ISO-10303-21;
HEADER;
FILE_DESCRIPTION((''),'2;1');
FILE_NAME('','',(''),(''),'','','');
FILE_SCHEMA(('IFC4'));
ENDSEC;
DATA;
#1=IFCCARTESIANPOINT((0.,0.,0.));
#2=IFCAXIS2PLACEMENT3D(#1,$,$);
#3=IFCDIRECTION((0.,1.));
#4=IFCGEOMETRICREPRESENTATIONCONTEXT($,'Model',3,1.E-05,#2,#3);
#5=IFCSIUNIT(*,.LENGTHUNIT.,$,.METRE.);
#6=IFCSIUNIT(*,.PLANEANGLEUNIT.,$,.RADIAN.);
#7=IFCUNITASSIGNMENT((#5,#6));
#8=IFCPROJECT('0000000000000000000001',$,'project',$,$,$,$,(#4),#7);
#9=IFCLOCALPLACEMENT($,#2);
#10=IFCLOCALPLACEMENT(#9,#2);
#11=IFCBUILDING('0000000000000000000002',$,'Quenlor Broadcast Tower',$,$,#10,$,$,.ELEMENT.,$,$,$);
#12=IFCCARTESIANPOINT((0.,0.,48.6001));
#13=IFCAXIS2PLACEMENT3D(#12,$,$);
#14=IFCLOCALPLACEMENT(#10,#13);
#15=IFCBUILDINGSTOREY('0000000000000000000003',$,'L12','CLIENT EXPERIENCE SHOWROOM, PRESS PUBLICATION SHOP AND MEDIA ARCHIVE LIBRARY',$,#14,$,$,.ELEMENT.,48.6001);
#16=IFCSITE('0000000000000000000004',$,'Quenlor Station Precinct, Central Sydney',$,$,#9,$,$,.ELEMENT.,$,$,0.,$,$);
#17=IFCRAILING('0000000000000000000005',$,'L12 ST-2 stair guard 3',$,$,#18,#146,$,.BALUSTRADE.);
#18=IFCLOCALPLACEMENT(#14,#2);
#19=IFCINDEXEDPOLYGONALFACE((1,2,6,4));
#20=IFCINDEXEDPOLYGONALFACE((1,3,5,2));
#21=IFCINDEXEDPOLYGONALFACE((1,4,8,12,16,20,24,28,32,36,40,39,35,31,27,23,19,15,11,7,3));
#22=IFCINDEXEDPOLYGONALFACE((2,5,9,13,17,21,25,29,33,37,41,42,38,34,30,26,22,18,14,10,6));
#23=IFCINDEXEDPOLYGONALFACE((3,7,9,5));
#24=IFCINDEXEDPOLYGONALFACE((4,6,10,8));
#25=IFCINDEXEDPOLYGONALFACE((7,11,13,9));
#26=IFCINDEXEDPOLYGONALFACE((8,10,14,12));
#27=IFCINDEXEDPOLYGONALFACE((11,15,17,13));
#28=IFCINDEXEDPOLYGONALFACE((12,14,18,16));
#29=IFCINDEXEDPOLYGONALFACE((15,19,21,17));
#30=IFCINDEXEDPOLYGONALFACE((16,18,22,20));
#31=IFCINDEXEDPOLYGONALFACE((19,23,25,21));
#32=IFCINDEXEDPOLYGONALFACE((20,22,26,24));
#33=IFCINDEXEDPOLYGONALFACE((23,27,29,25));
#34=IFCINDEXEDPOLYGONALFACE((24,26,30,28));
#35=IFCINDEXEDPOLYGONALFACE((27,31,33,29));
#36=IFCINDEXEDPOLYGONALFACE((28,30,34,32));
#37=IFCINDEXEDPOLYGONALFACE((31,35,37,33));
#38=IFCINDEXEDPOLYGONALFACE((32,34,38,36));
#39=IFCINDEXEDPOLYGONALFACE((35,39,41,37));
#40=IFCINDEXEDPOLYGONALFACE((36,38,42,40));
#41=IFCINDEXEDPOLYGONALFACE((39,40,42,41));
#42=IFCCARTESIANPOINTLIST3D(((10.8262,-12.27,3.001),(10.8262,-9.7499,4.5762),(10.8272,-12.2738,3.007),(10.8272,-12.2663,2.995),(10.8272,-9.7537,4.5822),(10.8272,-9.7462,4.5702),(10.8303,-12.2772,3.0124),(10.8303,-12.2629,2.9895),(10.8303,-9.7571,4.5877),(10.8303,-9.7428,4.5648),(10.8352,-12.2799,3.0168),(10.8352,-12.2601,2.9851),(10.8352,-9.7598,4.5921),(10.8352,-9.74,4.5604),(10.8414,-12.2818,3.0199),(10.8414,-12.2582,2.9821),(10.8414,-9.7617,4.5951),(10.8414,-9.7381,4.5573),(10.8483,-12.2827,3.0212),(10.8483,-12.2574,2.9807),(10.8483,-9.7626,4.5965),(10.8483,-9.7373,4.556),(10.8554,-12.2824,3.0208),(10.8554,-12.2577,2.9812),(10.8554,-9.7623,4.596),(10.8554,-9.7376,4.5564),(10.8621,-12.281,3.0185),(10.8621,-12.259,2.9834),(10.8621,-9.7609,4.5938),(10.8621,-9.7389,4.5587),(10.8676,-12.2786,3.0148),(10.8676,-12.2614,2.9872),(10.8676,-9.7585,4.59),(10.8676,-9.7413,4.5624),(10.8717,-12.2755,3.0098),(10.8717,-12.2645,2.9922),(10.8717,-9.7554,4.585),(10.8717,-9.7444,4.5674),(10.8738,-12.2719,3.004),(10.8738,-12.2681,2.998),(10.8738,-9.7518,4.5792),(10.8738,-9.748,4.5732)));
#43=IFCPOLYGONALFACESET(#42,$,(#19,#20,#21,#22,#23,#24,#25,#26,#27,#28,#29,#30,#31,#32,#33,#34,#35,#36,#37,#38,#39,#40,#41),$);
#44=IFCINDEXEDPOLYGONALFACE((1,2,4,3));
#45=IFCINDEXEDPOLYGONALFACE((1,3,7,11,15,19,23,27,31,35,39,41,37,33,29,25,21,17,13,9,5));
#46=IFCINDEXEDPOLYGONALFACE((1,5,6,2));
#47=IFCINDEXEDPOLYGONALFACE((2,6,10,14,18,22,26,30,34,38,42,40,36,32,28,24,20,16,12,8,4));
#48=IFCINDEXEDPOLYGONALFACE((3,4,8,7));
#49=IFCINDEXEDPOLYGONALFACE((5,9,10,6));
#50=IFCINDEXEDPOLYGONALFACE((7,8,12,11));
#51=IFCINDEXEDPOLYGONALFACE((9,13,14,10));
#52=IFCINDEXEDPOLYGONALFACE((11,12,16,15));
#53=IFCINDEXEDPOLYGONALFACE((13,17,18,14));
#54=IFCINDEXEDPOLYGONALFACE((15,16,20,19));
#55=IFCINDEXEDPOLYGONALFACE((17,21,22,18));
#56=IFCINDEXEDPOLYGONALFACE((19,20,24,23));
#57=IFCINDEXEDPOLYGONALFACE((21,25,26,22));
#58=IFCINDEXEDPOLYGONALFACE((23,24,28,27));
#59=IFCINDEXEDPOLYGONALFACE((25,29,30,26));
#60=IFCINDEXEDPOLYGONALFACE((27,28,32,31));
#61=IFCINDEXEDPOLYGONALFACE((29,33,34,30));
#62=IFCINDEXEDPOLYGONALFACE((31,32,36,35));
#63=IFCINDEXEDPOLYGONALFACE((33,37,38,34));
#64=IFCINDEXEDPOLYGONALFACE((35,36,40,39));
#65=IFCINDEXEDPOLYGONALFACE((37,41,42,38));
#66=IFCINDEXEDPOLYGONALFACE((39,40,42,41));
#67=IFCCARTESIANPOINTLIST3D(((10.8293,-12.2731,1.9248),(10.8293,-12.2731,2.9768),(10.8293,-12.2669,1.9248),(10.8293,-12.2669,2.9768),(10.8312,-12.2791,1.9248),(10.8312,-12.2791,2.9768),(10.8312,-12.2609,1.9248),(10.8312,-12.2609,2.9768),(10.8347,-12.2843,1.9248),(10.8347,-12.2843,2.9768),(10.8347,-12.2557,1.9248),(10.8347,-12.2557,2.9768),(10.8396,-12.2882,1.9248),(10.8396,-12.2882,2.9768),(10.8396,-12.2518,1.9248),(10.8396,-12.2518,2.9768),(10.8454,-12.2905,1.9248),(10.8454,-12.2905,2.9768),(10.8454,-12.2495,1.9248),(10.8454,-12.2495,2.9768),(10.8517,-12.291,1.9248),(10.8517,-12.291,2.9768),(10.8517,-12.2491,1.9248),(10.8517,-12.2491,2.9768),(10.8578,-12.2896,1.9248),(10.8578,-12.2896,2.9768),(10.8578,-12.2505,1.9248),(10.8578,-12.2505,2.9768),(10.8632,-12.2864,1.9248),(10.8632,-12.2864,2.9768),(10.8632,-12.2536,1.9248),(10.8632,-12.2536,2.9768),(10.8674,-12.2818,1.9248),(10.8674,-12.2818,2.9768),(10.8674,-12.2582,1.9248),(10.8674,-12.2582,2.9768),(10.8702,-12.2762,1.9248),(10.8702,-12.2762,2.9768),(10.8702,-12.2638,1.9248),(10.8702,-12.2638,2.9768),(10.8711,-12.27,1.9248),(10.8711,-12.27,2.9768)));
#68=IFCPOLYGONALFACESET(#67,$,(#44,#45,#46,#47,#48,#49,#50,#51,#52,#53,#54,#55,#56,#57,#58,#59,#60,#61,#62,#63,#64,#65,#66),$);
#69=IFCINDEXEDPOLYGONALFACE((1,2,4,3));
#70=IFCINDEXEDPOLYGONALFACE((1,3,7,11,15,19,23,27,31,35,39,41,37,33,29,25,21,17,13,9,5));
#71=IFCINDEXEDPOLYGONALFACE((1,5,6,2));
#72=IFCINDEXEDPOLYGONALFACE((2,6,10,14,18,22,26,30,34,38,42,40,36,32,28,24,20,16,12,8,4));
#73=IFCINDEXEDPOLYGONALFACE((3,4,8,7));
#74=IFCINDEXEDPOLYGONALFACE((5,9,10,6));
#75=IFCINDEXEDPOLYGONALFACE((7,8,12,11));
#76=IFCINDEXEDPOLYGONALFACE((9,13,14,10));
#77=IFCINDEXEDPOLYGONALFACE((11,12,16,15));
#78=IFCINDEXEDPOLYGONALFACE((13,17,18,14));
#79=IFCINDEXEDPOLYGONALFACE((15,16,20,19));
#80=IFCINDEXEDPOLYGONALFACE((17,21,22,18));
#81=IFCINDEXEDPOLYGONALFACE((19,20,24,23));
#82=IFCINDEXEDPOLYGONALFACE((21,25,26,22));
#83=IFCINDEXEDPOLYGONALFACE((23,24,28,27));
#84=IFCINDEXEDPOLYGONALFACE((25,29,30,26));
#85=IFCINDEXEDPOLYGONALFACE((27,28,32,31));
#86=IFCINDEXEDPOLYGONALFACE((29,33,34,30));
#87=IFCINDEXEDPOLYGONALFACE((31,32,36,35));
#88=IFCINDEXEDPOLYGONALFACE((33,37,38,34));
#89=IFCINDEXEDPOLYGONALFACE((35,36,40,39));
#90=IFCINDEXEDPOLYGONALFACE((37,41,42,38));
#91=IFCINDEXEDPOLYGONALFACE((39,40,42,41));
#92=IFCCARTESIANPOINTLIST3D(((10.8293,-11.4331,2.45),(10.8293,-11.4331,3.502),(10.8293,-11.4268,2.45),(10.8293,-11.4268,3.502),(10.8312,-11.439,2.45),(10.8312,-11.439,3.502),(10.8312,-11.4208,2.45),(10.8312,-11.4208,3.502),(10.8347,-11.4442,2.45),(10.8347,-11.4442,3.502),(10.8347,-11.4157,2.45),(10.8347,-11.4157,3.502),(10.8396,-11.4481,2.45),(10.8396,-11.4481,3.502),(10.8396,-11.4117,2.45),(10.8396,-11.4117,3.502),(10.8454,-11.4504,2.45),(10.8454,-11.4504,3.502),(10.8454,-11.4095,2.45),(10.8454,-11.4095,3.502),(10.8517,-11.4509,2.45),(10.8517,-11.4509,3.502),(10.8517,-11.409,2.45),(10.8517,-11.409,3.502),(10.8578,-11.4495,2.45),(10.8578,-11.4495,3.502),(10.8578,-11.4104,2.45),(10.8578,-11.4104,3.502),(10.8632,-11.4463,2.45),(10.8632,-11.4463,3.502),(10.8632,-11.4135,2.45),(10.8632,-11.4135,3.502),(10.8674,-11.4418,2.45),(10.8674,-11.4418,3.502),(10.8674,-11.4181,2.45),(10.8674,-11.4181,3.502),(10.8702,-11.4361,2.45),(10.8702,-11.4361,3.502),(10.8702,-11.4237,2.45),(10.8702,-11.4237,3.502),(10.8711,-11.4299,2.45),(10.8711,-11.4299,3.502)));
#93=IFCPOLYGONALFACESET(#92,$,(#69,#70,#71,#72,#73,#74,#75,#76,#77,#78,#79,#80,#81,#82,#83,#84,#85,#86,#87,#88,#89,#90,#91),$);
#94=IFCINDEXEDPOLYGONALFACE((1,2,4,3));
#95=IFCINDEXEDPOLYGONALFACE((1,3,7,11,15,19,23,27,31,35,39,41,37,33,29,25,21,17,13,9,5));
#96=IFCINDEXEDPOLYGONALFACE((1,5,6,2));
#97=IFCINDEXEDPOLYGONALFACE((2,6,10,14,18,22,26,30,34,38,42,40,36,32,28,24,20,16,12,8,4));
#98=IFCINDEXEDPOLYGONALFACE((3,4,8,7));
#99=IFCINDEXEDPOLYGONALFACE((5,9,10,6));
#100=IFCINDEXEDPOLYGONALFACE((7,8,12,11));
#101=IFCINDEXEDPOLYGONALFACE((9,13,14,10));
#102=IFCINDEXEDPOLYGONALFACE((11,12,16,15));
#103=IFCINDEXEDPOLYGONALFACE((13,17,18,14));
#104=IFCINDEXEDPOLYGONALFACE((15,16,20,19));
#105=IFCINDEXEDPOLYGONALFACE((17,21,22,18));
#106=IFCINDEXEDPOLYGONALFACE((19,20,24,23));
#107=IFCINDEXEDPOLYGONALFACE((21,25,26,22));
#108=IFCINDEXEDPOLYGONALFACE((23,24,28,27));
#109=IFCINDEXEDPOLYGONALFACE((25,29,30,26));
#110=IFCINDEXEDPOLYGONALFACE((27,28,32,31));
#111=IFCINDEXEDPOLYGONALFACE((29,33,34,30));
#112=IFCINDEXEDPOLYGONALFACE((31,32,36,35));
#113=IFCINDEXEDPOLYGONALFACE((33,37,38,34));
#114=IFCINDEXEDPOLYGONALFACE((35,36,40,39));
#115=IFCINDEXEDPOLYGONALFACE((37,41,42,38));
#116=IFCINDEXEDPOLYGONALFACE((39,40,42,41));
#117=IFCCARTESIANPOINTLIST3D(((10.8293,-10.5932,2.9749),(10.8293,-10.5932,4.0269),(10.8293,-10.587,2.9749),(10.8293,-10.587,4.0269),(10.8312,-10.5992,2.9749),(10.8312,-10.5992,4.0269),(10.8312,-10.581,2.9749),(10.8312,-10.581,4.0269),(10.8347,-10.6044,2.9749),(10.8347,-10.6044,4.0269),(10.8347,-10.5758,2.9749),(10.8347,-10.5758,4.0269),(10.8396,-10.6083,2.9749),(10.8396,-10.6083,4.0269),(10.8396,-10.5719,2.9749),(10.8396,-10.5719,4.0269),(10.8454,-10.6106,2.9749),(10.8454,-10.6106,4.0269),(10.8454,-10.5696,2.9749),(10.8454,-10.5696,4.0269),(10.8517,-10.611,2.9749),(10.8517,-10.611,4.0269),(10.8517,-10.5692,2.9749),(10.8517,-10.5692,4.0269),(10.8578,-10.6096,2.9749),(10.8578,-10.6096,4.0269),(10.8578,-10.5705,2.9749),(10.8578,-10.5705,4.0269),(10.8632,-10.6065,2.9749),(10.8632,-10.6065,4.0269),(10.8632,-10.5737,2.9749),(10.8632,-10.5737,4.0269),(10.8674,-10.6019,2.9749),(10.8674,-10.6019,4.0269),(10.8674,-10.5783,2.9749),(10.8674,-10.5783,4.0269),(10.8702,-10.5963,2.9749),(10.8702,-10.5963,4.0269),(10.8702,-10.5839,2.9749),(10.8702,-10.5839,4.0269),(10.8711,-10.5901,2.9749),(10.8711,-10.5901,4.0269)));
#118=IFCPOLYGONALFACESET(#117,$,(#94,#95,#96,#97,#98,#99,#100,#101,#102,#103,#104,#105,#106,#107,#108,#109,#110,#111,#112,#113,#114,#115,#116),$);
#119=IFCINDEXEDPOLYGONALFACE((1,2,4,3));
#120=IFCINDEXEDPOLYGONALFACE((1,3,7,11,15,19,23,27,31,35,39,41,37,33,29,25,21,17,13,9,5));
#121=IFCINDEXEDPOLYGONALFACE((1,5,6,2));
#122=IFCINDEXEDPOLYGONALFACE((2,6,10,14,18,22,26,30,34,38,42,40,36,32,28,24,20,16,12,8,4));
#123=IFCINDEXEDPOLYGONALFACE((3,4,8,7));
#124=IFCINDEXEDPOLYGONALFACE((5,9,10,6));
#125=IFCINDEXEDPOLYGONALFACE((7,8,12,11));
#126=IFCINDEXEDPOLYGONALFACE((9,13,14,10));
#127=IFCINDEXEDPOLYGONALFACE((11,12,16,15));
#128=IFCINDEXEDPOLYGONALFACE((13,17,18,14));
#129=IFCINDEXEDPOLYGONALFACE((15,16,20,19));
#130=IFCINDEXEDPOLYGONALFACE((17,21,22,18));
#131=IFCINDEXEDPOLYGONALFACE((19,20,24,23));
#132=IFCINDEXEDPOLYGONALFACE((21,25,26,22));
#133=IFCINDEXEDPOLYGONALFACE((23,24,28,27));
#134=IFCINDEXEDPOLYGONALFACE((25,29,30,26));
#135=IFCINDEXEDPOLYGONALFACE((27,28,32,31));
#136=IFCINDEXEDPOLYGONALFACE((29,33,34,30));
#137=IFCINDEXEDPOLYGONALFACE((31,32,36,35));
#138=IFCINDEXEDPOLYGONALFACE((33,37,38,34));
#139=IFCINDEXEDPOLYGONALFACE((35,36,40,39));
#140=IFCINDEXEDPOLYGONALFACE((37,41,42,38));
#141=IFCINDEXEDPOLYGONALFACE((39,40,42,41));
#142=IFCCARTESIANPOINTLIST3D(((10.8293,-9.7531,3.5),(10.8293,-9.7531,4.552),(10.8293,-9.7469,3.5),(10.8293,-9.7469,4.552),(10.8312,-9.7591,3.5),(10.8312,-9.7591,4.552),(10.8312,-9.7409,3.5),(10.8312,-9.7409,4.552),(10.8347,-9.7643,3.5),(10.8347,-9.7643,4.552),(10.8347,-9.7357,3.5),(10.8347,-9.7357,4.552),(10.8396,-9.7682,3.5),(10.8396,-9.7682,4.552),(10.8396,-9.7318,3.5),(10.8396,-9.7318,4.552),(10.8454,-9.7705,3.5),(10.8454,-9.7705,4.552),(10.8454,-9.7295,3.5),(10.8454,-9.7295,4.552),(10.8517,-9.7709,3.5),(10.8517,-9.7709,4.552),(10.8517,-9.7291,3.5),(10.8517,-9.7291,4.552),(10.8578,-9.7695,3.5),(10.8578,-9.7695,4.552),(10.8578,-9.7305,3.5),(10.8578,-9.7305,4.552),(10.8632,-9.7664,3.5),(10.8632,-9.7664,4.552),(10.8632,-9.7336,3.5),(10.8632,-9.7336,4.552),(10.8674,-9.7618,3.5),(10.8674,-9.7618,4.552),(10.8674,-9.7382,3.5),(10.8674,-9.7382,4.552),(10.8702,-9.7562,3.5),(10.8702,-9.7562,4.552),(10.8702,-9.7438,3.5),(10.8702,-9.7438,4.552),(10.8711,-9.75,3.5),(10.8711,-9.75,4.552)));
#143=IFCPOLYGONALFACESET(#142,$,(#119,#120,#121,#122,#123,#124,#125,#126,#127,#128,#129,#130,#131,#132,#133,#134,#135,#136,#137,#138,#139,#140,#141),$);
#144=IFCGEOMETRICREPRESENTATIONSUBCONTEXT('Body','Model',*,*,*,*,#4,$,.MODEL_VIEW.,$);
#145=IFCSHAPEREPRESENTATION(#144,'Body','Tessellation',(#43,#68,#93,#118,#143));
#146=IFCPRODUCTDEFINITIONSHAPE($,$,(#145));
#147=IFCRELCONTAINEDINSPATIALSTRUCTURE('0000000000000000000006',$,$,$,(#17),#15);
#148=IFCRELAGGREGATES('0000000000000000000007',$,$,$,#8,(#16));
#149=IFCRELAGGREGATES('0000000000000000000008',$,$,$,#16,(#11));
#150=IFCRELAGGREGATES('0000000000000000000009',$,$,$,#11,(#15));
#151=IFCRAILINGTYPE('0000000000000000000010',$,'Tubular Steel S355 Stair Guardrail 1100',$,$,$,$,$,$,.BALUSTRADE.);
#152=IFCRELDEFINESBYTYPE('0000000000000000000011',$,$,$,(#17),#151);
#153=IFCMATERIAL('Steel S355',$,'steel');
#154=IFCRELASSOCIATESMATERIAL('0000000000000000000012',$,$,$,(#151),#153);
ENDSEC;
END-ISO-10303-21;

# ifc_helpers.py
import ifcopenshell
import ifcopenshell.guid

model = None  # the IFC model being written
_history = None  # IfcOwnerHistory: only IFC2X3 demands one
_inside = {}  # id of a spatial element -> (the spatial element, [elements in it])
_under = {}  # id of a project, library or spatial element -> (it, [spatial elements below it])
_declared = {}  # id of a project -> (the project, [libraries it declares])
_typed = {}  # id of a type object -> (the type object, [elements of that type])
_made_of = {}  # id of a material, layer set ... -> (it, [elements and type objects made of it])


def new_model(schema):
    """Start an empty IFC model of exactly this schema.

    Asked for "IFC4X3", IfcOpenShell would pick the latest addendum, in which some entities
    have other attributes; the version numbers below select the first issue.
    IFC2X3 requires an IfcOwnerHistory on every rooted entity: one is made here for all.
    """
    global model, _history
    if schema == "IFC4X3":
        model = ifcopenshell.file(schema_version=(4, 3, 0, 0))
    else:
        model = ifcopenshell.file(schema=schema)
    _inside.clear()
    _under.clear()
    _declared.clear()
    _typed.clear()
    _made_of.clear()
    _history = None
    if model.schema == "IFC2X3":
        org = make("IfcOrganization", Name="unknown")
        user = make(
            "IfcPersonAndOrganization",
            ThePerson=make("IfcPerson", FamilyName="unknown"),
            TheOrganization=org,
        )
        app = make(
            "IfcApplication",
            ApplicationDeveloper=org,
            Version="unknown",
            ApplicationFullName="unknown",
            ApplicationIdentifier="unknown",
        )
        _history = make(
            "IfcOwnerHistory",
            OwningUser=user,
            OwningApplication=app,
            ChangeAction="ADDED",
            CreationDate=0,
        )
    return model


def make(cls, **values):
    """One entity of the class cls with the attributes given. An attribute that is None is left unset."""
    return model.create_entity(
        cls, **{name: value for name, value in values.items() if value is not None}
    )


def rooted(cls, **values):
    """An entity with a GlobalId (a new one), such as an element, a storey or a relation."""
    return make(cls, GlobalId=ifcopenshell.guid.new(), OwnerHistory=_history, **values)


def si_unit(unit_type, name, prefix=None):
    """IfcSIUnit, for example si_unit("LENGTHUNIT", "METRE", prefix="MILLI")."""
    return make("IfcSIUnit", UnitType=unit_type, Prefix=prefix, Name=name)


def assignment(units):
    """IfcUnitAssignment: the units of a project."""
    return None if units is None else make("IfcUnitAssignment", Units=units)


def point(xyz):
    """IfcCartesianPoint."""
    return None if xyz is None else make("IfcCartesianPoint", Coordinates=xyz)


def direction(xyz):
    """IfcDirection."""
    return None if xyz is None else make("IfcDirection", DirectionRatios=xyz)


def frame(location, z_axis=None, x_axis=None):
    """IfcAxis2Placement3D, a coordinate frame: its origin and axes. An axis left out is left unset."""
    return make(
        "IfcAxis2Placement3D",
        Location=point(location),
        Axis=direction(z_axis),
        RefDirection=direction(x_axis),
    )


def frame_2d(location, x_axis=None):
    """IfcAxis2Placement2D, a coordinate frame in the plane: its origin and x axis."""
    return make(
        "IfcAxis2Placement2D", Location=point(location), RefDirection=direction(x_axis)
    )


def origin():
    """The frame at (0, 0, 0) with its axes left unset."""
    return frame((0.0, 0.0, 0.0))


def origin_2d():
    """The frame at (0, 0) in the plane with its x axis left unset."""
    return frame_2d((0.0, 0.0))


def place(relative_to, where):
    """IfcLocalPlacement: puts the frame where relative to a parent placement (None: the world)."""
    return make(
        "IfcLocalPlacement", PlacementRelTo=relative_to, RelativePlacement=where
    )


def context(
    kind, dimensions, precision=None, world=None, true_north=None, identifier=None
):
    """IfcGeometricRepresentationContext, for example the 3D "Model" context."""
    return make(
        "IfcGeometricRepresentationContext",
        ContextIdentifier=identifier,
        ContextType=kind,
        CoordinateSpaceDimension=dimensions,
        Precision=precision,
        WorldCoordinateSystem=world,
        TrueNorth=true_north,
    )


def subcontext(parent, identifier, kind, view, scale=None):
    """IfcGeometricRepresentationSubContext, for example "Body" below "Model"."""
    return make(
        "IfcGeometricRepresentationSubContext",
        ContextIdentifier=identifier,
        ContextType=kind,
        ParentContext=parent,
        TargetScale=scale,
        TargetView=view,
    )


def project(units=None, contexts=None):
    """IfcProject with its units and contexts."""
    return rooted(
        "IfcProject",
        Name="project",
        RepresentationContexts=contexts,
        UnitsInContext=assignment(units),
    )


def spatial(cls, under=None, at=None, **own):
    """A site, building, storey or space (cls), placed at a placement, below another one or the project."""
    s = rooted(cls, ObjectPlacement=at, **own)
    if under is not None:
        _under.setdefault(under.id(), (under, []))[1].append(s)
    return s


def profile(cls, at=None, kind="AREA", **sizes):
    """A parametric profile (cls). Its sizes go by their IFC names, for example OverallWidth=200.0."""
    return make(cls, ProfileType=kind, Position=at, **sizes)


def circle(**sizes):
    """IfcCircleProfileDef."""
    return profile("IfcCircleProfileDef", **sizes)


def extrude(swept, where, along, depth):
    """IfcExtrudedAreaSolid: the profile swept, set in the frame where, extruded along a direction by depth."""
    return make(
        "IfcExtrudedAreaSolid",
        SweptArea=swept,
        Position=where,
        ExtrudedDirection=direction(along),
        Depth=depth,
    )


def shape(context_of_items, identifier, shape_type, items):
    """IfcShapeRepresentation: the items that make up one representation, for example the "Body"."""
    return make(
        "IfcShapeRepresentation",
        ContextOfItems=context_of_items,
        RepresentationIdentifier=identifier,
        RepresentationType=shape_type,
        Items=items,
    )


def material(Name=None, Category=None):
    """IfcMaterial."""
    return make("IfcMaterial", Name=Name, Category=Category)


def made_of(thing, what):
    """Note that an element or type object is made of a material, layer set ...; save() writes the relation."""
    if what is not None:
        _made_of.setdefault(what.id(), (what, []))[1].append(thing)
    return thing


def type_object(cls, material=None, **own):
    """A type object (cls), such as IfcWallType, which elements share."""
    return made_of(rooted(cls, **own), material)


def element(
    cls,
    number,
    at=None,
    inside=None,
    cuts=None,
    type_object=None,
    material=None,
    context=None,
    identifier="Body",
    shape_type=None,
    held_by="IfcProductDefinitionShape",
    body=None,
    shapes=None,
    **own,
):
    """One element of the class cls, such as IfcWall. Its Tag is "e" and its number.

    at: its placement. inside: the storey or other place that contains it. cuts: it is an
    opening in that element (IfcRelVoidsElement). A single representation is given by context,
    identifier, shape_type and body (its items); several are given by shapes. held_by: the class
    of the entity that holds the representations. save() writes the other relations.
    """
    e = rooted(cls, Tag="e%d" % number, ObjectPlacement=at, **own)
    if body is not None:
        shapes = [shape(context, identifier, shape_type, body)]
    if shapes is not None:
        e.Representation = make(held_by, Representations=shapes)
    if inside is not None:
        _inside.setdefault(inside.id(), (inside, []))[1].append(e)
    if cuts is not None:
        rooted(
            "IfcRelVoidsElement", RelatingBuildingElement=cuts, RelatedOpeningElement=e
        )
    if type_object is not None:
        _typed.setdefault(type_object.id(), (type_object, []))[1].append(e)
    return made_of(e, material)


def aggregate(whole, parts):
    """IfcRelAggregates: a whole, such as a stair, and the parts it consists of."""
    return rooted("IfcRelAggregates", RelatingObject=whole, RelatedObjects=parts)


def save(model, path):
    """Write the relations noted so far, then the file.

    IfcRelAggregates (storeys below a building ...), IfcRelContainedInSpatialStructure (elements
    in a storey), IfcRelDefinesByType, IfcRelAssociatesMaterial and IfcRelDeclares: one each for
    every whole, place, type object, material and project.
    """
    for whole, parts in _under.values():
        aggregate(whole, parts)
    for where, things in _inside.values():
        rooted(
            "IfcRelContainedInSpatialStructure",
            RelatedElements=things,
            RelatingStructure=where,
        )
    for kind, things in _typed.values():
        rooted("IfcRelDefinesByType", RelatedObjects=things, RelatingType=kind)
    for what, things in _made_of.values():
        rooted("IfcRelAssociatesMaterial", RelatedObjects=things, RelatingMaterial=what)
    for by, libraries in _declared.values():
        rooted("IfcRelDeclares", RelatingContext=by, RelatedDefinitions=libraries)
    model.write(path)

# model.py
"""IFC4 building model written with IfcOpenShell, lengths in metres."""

from ifc_helpers import new_model, si_unit, direction, frame, origin, origin_2d, place, context, subcontext, project, spatial, circle, extrude, material, type_object, element, save


model = new_model("IFC4")

# Units and contexts
model_context = context("Model", 3, precision=1e-05, world=origin(), true_north=direction((0.0, 1.0)))
body_context = subcontext(model_context, "Body", "Model", "MODEL_VIEW")
ifc_project = project(units=[si_unit("LENGTHUNIT", "METRE"), si_unit("PLANEANGLEUNIT", "RADIAN")], contexts=[model_context])

# Site, building, storey
site_placement = place(None, origin())
site = spatial("IfcSite", under=ifc_project, at=site_placement, Name="Quenlor Station Precinct, Central Sydney", CompositionType="ELEMENT", RefElevation=0.0)
building_placement = place(site_placement, origin())
building = spatial("IfcBuilding", under=site, at=building_placement, Name="Quenlor Broadcast Tower", CompositionType="ELEMENT")
storey_placement = place(building_placement, frame((0.0, 0.0, 48.6001)))
storey = spatial("IfcBuildingStorey", under=building, at=storey_placement, Name="L12", Description="CLIENT EXPERIENCE SHOWROOM, PRESS PUBLICATION SHOP AND MEDIA ARCHIVE LIBRARY", CompositionType="ELEMENT", Elevation=48.6001)

# Railing
ifc_material_1 = material(Name="Steel S355", Category="steel")
railing_type_1 = type_object("IfcRailingType", Name="Tubular Steel S355 Stair Guardrail 1100", PredefinedType="BALUSTRADE", material=ifc_material_1)
railing_1_placement = place(storey_placement, frame((10.8501, -12.27, 1.9248)))
element("IfcRailing", 1, at=railing_1_placement, inside=storey, type_object=railing_type_1, Name="L12 ST-2 stair guard 3", PredefinedType="BALUSTRADE", context=body_context, shape_type="SweptSolid", body=[
    extrude(circle(Radius=0.0239, at=origin_2d()), frame((0.0, 0.0, 1.0762), z_axis=(0.0, 0.847971, 0.530043), x_axis=(-1.0, 0.0, 0.0)), (0.0, 0.0, 1.0), 2.9719),
    extrude(circle(Radius=0.021, at=origin_2d()), origin(), (0.0, 0.0, 1.0), 1.052),
    extrude(circle(Radius=0.021, at=origin_2d()), frame((0.0, 0.8401, 0.5251)), (0.0, 0.0, 1.0), 1.052),
    extrude(circle(Radius=0.021, at=origin_2d()), frame((0.0, 1.6799, 1.05)), (0.0, 0.0, 1.0), 1.052),
    extrude(circle(Radius=0.021, at=origin_2d()), frame((0.0, 2.52, 1.5752)), (0.0, 0.0, 1.0), 1.052),
])

save(model, "model.ifc")
